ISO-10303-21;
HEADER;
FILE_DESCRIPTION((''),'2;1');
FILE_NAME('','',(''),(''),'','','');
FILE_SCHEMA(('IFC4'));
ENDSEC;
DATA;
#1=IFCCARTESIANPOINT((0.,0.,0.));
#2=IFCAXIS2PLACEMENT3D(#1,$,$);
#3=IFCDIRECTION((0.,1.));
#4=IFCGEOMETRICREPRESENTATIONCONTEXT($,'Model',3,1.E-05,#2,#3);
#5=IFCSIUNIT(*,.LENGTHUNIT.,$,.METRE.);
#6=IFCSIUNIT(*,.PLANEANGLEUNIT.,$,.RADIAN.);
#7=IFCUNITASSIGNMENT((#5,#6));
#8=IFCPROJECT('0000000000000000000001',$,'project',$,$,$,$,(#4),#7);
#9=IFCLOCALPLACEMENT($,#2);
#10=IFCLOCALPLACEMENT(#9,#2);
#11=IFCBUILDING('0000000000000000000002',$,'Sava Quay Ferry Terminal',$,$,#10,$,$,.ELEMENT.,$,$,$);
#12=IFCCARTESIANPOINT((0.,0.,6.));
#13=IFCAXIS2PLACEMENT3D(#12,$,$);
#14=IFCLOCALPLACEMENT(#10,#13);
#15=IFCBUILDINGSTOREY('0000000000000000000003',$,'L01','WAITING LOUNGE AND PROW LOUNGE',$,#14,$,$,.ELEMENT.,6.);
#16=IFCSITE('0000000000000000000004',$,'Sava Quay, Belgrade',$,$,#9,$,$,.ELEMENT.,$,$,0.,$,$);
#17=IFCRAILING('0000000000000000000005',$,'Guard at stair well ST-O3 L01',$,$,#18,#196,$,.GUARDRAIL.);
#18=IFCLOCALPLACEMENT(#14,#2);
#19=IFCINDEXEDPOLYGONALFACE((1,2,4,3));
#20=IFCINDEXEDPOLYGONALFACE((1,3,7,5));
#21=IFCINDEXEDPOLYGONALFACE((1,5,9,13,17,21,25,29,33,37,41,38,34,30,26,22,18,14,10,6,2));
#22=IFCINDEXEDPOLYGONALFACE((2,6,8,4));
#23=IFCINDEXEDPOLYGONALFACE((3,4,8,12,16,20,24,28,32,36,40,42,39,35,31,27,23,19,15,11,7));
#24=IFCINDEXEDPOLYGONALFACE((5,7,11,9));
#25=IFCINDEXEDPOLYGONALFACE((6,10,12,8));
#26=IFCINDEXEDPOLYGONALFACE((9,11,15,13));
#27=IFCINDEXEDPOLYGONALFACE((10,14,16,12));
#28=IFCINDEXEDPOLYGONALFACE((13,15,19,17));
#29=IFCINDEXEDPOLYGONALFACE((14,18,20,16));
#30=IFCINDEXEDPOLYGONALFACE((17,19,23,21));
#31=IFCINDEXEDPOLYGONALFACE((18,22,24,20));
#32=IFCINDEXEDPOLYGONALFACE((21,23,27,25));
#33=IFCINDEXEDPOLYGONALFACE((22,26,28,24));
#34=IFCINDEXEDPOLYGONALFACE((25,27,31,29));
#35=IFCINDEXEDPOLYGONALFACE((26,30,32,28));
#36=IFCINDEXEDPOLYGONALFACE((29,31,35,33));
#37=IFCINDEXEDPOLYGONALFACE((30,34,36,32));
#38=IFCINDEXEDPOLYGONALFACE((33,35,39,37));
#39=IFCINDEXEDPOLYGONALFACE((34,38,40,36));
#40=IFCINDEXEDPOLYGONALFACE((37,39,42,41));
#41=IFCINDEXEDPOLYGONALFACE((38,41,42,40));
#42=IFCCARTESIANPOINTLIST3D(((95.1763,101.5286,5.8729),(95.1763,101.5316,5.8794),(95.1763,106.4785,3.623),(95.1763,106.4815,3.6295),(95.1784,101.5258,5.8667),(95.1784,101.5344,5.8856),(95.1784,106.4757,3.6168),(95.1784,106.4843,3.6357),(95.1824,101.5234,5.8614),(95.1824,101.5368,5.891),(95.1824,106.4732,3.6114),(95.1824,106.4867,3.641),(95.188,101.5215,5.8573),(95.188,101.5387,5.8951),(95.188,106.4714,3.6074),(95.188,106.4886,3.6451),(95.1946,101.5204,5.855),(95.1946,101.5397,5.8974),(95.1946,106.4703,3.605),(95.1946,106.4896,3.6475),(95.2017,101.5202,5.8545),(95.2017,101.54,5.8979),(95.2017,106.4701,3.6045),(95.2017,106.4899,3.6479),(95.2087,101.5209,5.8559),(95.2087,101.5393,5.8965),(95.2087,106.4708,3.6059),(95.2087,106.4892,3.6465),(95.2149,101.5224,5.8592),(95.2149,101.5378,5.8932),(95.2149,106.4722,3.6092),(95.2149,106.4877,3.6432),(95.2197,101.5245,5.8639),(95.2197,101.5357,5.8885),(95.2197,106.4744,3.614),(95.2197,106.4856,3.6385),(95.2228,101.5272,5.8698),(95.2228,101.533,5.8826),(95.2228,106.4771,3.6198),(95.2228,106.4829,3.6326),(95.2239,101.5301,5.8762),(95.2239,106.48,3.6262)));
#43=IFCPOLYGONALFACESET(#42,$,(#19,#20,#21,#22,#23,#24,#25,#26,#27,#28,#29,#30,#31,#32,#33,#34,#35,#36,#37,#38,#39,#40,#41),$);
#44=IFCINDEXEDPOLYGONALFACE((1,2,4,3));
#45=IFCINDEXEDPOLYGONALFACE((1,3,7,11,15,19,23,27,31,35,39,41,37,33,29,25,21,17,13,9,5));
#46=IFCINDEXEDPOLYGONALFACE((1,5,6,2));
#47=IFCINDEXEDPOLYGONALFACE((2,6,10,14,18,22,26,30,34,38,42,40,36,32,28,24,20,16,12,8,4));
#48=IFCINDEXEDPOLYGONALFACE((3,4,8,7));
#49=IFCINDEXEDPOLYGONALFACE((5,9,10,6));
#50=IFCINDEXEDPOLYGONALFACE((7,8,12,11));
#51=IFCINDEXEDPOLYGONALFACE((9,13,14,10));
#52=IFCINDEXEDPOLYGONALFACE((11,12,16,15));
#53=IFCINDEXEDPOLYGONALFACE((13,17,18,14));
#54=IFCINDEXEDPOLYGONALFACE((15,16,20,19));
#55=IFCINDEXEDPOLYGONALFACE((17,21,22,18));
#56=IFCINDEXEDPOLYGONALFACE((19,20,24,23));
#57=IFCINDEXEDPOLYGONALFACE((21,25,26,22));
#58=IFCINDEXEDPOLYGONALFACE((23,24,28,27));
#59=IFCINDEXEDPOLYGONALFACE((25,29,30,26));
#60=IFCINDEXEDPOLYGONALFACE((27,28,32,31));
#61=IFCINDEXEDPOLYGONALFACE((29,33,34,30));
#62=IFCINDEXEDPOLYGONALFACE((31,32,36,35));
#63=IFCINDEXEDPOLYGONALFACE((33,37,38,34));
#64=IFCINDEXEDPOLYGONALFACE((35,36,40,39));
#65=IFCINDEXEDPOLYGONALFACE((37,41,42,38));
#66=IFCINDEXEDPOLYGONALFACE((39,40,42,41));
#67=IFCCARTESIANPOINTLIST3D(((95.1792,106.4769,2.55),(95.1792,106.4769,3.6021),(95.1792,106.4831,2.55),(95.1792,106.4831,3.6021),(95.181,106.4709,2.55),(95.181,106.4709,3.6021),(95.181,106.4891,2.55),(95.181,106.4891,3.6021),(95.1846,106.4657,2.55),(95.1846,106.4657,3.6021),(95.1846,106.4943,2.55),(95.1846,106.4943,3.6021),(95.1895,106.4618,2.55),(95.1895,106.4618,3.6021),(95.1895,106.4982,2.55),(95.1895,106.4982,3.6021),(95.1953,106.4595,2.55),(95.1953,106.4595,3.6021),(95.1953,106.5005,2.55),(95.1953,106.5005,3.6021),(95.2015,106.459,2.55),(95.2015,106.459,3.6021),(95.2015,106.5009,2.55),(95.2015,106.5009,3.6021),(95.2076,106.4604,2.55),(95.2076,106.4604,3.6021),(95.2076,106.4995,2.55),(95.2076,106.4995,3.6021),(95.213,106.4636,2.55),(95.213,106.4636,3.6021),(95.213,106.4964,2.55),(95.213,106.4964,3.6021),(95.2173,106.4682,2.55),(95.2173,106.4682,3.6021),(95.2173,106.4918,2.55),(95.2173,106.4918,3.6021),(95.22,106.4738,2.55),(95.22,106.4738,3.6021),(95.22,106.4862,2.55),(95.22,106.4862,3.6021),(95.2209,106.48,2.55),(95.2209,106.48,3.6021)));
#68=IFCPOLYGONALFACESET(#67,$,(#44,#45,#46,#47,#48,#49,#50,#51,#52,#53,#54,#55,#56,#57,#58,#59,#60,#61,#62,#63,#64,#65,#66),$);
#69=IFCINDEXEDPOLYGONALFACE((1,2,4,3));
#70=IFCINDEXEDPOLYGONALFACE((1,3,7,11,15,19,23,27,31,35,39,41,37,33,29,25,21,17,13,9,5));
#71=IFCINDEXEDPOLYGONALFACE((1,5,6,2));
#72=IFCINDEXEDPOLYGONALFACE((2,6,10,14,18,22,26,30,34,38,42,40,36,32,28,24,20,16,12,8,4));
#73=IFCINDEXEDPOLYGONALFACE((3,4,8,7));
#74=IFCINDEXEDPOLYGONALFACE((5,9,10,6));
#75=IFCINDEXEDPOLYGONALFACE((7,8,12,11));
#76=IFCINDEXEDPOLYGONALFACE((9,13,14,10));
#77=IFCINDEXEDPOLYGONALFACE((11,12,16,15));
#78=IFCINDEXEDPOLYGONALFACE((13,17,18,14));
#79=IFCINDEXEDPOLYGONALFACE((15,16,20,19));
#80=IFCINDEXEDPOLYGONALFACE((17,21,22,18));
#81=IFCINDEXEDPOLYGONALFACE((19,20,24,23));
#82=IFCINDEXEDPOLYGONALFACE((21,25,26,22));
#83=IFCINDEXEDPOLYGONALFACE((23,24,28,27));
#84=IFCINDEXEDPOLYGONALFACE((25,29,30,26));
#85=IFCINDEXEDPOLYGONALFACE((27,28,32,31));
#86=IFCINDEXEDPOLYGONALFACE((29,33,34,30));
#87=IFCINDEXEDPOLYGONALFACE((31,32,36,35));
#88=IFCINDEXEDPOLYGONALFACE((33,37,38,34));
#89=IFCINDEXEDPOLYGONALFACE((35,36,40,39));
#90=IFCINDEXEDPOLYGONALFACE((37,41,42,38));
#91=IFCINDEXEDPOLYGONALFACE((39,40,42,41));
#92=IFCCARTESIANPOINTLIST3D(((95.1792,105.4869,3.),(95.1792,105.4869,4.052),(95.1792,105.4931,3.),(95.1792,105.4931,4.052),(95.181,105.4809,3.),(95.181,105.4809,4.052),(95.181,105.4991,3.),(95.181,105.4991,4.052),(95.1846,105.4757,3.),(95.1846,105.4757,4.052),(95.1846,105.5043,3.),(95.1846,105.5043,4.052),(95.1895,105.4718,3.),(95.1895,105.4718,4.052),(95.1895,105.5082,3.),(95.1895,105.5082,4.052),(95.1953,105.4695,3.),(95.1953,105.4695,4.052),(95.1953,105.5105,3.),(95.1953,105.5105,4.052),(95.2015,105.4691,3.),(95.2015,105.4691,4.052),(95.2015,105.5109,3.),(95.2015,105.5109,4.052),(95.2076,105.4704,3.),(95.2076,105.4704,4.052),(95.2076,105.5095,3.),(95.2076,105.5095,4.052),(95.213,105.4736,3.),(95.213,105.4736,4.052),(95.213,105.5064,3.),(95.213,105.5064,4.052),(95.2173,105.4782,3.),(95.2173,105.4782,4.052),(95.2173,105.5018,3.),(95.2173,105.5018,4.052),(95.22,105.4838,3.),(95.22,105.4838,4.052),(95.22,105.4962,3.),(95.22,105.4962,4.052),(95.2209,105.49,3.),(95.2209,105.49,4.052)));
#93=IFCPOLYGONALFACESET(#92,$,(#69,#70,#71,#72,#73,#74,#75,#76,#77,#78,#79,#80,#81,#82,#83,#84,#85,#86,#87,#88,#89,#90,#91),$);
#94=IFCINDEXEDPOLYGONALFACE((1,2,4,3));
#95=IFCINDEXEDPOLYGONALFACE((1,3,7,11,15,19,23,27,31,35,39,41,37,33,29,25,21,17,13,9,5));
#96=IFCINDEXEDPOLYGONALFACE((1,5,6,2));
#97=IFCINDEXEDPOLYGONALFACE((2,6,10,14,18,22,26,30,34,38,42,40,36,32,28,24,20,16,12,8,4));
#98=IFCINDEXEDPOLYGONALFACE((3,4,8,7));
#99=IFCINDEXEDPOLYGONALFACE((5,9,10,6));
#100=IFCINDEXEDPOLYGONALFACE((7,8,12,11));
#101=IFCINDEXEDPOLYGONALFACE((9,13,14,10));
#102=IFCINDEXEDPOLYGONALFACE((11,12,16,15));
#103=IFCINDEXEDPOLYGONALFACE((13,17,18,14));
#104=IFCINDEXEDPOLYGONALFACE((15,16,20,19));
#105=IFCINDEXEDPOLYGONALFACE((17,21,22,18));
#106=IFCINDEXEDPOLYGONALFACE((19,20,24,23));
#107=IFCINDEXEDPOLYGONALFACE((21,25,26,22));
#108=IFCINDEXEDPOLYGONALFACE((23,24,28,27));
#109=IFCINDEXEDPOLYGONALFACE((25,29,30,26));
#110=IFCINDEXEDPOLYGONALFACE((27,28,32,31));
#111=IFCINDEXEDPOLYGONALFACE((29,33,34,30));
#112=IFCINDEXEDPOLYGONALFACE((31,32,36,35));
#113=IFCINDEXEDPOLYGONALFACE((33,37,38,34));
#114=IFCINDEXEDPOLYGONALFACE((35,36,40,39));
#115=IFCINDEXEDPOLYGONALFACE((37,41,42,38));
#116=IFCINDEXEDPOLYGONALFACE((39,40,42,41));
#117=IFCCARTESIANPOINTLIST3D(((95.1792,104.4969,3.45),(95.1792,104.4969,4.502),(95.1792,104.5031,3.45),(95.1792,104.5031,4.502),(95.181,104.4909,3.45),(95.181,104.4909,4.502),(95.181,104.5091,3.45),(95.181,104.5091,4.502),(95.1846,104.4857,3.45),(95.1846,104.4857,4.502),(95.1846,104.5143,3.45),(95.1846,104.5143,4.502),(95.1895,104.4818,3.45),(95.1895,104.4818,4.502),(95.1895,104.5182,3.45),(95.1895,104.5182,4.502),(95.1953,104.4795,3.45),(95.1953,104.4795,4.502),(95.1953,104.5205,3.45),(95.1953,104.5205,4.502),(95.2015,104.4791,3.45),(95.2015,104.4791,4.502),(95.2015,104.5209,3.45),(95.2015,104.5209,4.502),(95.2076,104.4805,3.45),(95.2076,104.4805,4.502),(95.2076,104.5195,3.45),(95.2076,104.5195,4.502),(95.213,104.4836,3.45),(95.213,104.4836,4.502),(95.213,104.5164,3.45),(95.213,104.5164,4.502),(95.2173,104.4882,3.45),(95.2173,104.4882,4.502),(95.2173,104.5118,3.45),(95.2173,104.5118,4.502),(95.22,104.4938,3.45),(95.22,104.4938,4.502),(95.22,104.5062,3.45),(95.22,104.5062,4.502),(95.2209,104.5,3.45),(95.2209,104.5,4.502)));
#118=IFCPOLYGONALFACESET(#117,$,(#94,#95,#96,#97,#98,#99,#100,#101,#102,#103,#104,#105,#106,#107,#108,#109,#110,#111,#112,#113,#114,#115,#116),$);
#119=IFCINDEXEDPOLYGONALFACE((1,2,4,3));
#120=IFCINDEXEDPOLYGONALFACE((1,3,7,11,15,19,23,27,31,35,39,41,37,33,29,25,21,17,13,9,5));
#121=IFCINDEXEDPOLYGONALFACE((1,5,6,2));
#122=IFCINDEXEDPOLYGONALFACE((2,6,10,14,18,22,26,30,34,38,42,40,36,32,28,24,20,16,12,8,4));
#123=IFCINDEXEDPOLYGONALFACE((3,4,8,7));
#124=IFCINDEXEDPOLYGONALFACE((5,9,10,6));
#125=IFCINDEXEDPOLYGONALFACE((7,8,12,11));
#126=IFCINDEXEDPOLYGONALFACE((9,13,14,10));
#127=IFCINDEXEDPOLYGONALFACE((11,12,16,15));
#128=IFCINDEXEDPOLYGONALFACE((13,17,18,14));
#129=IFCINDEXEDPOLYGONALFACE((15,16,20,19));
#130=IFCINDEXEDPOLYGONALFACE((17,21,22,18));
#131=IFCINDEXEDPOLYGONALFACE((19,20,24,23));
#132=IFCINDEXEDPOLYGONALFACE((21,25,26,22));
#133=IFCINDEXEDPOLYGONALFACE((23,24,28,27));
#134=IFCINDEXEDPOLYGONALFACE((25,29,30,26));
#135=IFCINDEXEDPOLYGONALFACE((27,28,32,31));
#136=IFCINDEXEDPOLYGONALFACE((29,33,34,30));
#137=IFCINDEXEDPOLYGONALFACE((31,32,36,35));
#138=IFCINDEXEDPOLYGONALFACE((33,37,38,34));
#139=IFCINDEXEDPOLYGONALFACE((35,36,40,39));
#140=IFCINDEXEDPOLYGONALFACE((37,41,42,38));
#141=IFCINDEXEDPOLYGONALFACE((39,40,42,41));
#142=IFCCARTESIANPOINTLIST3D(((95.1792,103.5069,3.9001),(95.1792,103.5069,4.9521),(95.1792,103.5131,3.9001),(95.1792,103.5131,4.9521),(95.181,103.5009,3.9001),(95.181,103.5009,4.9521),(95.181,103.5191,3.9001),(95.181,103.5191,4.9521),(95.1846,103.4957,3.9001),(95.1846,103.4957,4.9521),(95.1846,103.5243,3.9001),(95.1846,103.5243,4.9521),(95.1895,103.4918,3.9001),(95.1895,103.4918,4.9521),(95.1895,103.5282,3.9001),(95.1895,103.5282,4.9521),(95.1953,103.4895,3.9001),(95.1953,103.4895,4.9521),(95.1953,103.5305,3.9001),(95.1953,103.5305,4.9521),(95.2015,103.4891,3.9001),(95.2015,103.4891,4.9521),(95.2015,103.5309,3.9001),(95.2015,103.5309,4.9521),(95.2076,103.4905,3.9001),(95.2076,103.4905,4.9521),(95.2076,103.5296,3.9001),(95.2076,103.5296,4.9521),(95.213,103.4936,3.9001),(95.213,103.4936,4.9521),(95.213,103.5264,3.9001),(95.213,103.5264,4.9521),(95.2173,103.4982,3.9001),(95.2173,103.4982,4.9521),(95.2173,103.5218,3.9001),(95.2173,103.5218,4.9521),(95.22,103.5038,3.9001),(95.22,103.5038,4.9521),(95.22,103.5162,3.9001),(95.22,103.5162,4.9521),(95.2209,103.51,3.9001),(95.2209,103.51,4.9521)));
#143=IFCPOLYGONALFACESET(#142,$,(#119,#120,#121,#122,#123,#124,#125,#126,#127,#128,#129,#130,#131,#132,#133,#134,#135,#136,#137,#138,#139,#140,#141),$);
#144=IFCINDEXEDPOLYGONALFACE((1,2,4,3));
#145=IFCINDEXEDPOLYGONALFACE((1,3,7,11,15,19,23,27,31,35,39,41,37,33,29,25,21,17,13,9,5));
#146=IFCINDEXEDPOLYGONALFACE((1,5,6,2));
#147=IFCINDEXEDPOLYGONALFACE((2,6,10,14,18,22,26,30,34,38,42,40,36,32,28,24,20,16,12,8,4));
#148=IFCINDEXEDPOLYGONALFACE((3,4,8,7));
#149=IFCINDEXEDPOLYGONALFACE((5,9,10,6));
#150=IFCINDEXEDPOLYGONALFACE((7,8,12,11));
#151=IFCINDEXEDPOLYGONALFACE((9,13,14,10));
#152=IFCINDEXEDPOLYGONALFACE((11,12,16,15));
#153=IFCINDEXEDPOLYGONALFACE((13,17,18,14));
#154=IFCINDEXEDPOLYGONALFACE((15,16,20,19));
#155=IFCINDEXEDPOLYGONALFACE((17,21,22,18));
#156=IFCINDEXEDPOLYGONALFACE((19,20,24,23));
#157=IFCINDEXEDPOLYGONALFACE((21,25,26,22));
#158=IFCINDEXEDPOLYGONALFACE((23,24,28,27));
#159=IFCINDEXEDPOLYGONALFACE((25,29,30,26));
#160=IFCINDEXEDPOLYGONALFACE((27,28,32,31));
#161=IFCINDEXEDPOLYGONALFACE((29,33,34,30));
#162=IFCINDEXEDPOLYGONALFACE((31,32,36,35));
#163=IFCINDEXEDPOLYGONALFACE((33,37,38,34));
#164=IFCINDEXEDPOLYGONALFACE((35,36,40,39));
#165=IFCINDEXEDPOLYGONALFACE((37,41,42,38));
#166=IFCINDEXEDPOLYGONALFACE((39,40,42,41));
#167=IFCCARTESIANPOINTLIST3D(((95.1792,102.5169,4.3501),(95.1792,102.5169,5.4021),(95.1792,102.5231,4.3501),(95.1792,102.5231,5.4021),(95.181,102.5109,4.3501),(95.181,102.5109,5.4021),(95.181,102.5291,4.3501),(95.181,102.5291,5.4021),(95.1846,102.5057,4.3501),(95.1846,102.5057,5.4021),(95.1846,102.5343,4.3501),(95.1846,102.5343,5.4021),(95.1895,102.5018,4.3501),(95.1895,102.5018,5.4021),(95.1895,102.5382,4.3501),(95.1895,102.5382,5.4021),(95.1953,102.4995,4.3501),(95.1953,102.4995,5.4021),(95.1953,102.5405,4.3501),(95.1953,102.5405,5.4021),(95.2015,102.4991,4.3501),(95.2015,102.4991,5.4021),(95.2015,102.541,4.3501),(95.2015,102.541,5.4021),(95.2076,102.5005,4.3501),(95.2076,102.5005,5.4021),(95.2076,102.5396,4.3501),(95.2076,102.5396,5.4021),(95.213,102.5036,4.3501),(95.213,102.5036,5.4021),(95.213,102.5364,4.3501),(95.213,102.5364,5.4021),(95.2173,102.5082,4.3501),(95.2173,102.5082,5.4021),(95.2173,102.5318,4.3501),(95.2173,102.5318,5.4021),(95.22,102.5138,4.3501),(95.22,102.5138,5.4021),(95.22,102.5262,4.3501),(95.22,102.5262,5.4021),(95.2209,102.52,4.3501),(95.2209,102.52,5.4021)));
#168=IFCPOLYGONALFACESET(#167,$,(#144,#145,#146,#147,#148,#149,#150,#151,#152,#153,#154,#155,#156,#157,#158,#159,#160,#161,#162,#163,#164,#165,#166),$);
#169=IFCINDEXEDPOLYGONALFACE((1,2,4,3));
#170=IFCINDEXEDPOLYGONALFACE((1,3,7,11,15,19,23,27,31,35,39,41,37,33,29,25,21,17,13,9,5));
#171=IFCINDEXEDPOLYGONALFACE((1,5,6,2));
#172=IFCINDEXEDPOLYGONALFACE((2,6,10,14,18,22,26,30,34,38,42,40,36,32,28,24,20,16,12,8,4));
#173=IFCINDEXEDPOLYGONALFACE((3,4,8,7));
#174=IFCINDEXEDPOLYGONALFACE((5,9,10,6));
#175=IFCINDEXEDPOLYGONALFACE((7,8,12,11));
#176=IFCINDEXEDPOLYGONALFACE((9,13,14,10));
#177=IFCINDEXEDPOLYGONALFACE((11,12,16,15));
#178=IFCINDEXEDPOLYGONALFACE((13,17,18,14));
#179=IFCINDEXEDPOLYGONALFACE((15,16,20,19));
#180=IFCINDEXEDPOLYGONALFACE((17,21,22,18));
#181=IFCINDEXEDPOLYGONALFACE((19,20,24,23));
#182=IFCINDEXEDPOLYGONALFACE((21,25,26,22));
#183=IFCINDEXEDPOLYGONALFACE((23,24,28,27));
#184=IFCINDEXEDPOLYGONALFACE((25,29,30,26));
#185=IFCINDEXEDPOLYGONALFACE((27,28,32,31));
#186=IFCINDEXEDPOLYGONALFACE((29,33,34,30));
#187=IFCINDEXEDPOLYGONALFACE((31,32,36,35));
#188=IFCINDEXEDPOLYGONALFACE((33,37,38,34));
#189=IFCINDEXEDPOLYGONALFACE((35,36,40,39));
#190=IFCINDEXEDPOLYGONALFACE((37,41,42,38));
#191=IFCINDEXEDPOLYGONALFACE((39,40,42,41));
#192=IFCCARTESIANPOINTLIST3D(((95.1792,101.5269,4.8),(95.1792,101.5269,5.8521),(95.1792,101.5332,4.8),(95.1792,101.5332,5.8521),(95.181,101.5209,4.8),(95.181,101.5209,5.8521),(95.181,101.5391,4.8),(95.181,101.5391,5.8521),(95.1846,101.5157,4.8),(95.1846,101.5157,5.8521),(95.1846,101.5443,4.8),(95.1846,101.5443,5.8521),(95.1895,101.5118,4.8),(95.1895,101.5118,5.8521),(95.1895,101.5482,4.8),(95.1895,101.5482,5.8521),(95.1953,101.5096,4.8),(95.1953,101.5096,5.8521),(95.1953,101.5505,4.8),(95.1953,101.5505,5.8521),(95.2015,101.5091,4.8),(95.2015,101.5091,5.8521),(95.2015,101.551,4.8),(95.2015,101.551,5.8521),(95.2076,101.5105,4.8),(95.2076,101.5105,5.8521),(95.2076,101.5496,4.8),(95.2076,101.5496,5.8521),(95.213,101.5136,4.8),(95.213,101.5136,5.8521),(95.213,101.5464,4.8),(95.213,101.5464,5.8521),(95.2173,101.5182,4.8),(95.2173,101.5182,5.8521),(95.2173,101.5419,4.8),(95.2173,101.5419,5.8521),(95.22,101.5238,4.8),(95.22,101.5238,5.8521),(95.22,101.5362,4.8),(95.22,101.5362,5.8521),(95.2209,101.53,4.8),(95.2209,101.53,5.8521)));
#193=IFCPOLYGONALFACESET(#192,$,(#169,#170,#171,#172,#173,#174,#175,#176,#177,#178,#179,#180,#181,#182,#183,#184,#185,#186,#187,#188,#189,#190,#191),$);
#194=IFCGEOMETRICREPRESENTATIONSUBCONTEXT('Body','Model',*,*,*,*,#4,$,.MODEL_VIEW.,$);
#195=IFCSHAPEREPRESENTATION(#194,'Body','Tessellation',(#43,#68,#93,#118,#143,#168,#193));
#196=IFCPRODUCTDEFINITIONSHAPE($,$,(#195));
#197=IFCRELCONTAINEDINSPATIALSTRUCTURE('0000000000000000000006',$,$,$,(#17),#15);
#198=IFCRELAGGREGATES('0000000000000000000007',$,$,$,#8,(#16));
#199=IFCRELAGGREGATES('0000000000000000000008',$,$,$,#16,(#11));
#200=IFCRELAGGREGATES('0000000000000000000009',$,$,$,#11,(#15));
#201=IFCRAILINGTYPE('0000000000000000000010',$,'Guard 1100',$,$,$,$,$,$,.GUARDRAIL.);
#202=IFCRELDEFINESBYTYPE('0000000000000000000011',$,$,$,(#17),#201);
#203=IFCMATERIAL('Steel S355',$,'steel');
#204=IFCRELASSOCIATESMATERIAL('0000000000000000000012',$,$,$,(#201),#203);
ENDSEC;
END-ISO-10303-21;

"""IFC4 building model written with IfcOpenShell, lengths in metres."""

from ifc_helpers import new_model, si_unit, direction, frame, origin, origin_2d, place, context, subcontext, project, spatial, circle, extrude, material, type_object, element, save


model = new_model("IFC4")

# Units and contexts
model_context = context("Model", 3, precision=1e-05, world=origin(), true_north=direction((0.0, 1.0)))
body_context = subcontext(model_context, "Body", "Model", "MODEL_VIEW")
ifc_project = project(units=[si_unit("LENGTHUNIT", "METRE"), si_unit("PLANEANGLEUNIT", "RADIAN")], contexts=[model_context])

# Site, building, storey
site_placement = place(None, origin())
site = spatial("IfcSite", under=ifc_project, at=site_placement, Name="Sava Quay, Belgrade", CompositionType="ELEMENT", RefElevation=0.0)
building_placement = place(site_placement, origin())
building = spatial("IfcBuilding", under=site, at=building_placement, Name="Sava Quay Ferry Terminal", CompositionType="ELEMENT")
storey_placement = place(building_placement, frame((0.0, 0.0, 6.0)))
storey = spatial("IfcBuildingStorey", under=building, at=storey_placement, Name="L01", Description="WAITING LOUNGE AND PROW LOUNGE", CompositionType="ELEMENT", Elevation=6.0)

# Railing
ifc_material_1 = material(Name="Steel S355", Category="steel")
railing_type_1 = type_object("IfcRailingType", Name="Guard 1100", PredefinedType="GUARDRAIL", material=ifc_material_1)
railing_1_placement = place(storey_placement, frame((95.2, 106.48, 2.55)))
element("IfcRailing", 1, at=railing_1_placement, inside=storey, type_object=railing_type_1, Name="Guard at stair well ST-O3 L01", PredefinedType="GUARDRAIL", context=body_context, shape_type="SweptSolid", body=[
    extrude(circle(Radius=0.0239, at=origin_2d()), frame((0.0, 0.0, 1.0762), z_axis=(0.0, -0.910365, 0.413806), x_axis=(1.0, 0.0, 0.0)), (0.0, 0.0, 1.0), 5.4373),
    extrude(circle(Radius=0.021, at=origin_2d()), origin(), (0.0, 0.0, 1.0), 1.052),
    extrude(circle(Radius=0.021, at=origin_2d()), frame((0.0, -0.99, 0.45)), (0.0, 0.0, 1.0), 1.052),
    extrude(circle(Radius=0.021, at=origin_2d()), frame((0.0, -1.98, 0.8999)), (0.0, 0.0, 1.0), 1.052),
    extrude(circle(Radius=0.021, at=origin_2d()), frame((0.0, -2.97, 1.3501)), (0.0, 0.0, 1.0), 1.052),
    extrude(circle(Radius=0.021, at=origin_2d()), frame((0.0, -3.96, 1.8)), (0.0, 0.0, 1.0), 1.052),
    extrude(circle(Radius=0.021, at=origin_2d()), frame((0.0, -4.95, 2.25)), (0.0, 0.0, 1.0), 1.052),
])

save(model, "model.ifc")
